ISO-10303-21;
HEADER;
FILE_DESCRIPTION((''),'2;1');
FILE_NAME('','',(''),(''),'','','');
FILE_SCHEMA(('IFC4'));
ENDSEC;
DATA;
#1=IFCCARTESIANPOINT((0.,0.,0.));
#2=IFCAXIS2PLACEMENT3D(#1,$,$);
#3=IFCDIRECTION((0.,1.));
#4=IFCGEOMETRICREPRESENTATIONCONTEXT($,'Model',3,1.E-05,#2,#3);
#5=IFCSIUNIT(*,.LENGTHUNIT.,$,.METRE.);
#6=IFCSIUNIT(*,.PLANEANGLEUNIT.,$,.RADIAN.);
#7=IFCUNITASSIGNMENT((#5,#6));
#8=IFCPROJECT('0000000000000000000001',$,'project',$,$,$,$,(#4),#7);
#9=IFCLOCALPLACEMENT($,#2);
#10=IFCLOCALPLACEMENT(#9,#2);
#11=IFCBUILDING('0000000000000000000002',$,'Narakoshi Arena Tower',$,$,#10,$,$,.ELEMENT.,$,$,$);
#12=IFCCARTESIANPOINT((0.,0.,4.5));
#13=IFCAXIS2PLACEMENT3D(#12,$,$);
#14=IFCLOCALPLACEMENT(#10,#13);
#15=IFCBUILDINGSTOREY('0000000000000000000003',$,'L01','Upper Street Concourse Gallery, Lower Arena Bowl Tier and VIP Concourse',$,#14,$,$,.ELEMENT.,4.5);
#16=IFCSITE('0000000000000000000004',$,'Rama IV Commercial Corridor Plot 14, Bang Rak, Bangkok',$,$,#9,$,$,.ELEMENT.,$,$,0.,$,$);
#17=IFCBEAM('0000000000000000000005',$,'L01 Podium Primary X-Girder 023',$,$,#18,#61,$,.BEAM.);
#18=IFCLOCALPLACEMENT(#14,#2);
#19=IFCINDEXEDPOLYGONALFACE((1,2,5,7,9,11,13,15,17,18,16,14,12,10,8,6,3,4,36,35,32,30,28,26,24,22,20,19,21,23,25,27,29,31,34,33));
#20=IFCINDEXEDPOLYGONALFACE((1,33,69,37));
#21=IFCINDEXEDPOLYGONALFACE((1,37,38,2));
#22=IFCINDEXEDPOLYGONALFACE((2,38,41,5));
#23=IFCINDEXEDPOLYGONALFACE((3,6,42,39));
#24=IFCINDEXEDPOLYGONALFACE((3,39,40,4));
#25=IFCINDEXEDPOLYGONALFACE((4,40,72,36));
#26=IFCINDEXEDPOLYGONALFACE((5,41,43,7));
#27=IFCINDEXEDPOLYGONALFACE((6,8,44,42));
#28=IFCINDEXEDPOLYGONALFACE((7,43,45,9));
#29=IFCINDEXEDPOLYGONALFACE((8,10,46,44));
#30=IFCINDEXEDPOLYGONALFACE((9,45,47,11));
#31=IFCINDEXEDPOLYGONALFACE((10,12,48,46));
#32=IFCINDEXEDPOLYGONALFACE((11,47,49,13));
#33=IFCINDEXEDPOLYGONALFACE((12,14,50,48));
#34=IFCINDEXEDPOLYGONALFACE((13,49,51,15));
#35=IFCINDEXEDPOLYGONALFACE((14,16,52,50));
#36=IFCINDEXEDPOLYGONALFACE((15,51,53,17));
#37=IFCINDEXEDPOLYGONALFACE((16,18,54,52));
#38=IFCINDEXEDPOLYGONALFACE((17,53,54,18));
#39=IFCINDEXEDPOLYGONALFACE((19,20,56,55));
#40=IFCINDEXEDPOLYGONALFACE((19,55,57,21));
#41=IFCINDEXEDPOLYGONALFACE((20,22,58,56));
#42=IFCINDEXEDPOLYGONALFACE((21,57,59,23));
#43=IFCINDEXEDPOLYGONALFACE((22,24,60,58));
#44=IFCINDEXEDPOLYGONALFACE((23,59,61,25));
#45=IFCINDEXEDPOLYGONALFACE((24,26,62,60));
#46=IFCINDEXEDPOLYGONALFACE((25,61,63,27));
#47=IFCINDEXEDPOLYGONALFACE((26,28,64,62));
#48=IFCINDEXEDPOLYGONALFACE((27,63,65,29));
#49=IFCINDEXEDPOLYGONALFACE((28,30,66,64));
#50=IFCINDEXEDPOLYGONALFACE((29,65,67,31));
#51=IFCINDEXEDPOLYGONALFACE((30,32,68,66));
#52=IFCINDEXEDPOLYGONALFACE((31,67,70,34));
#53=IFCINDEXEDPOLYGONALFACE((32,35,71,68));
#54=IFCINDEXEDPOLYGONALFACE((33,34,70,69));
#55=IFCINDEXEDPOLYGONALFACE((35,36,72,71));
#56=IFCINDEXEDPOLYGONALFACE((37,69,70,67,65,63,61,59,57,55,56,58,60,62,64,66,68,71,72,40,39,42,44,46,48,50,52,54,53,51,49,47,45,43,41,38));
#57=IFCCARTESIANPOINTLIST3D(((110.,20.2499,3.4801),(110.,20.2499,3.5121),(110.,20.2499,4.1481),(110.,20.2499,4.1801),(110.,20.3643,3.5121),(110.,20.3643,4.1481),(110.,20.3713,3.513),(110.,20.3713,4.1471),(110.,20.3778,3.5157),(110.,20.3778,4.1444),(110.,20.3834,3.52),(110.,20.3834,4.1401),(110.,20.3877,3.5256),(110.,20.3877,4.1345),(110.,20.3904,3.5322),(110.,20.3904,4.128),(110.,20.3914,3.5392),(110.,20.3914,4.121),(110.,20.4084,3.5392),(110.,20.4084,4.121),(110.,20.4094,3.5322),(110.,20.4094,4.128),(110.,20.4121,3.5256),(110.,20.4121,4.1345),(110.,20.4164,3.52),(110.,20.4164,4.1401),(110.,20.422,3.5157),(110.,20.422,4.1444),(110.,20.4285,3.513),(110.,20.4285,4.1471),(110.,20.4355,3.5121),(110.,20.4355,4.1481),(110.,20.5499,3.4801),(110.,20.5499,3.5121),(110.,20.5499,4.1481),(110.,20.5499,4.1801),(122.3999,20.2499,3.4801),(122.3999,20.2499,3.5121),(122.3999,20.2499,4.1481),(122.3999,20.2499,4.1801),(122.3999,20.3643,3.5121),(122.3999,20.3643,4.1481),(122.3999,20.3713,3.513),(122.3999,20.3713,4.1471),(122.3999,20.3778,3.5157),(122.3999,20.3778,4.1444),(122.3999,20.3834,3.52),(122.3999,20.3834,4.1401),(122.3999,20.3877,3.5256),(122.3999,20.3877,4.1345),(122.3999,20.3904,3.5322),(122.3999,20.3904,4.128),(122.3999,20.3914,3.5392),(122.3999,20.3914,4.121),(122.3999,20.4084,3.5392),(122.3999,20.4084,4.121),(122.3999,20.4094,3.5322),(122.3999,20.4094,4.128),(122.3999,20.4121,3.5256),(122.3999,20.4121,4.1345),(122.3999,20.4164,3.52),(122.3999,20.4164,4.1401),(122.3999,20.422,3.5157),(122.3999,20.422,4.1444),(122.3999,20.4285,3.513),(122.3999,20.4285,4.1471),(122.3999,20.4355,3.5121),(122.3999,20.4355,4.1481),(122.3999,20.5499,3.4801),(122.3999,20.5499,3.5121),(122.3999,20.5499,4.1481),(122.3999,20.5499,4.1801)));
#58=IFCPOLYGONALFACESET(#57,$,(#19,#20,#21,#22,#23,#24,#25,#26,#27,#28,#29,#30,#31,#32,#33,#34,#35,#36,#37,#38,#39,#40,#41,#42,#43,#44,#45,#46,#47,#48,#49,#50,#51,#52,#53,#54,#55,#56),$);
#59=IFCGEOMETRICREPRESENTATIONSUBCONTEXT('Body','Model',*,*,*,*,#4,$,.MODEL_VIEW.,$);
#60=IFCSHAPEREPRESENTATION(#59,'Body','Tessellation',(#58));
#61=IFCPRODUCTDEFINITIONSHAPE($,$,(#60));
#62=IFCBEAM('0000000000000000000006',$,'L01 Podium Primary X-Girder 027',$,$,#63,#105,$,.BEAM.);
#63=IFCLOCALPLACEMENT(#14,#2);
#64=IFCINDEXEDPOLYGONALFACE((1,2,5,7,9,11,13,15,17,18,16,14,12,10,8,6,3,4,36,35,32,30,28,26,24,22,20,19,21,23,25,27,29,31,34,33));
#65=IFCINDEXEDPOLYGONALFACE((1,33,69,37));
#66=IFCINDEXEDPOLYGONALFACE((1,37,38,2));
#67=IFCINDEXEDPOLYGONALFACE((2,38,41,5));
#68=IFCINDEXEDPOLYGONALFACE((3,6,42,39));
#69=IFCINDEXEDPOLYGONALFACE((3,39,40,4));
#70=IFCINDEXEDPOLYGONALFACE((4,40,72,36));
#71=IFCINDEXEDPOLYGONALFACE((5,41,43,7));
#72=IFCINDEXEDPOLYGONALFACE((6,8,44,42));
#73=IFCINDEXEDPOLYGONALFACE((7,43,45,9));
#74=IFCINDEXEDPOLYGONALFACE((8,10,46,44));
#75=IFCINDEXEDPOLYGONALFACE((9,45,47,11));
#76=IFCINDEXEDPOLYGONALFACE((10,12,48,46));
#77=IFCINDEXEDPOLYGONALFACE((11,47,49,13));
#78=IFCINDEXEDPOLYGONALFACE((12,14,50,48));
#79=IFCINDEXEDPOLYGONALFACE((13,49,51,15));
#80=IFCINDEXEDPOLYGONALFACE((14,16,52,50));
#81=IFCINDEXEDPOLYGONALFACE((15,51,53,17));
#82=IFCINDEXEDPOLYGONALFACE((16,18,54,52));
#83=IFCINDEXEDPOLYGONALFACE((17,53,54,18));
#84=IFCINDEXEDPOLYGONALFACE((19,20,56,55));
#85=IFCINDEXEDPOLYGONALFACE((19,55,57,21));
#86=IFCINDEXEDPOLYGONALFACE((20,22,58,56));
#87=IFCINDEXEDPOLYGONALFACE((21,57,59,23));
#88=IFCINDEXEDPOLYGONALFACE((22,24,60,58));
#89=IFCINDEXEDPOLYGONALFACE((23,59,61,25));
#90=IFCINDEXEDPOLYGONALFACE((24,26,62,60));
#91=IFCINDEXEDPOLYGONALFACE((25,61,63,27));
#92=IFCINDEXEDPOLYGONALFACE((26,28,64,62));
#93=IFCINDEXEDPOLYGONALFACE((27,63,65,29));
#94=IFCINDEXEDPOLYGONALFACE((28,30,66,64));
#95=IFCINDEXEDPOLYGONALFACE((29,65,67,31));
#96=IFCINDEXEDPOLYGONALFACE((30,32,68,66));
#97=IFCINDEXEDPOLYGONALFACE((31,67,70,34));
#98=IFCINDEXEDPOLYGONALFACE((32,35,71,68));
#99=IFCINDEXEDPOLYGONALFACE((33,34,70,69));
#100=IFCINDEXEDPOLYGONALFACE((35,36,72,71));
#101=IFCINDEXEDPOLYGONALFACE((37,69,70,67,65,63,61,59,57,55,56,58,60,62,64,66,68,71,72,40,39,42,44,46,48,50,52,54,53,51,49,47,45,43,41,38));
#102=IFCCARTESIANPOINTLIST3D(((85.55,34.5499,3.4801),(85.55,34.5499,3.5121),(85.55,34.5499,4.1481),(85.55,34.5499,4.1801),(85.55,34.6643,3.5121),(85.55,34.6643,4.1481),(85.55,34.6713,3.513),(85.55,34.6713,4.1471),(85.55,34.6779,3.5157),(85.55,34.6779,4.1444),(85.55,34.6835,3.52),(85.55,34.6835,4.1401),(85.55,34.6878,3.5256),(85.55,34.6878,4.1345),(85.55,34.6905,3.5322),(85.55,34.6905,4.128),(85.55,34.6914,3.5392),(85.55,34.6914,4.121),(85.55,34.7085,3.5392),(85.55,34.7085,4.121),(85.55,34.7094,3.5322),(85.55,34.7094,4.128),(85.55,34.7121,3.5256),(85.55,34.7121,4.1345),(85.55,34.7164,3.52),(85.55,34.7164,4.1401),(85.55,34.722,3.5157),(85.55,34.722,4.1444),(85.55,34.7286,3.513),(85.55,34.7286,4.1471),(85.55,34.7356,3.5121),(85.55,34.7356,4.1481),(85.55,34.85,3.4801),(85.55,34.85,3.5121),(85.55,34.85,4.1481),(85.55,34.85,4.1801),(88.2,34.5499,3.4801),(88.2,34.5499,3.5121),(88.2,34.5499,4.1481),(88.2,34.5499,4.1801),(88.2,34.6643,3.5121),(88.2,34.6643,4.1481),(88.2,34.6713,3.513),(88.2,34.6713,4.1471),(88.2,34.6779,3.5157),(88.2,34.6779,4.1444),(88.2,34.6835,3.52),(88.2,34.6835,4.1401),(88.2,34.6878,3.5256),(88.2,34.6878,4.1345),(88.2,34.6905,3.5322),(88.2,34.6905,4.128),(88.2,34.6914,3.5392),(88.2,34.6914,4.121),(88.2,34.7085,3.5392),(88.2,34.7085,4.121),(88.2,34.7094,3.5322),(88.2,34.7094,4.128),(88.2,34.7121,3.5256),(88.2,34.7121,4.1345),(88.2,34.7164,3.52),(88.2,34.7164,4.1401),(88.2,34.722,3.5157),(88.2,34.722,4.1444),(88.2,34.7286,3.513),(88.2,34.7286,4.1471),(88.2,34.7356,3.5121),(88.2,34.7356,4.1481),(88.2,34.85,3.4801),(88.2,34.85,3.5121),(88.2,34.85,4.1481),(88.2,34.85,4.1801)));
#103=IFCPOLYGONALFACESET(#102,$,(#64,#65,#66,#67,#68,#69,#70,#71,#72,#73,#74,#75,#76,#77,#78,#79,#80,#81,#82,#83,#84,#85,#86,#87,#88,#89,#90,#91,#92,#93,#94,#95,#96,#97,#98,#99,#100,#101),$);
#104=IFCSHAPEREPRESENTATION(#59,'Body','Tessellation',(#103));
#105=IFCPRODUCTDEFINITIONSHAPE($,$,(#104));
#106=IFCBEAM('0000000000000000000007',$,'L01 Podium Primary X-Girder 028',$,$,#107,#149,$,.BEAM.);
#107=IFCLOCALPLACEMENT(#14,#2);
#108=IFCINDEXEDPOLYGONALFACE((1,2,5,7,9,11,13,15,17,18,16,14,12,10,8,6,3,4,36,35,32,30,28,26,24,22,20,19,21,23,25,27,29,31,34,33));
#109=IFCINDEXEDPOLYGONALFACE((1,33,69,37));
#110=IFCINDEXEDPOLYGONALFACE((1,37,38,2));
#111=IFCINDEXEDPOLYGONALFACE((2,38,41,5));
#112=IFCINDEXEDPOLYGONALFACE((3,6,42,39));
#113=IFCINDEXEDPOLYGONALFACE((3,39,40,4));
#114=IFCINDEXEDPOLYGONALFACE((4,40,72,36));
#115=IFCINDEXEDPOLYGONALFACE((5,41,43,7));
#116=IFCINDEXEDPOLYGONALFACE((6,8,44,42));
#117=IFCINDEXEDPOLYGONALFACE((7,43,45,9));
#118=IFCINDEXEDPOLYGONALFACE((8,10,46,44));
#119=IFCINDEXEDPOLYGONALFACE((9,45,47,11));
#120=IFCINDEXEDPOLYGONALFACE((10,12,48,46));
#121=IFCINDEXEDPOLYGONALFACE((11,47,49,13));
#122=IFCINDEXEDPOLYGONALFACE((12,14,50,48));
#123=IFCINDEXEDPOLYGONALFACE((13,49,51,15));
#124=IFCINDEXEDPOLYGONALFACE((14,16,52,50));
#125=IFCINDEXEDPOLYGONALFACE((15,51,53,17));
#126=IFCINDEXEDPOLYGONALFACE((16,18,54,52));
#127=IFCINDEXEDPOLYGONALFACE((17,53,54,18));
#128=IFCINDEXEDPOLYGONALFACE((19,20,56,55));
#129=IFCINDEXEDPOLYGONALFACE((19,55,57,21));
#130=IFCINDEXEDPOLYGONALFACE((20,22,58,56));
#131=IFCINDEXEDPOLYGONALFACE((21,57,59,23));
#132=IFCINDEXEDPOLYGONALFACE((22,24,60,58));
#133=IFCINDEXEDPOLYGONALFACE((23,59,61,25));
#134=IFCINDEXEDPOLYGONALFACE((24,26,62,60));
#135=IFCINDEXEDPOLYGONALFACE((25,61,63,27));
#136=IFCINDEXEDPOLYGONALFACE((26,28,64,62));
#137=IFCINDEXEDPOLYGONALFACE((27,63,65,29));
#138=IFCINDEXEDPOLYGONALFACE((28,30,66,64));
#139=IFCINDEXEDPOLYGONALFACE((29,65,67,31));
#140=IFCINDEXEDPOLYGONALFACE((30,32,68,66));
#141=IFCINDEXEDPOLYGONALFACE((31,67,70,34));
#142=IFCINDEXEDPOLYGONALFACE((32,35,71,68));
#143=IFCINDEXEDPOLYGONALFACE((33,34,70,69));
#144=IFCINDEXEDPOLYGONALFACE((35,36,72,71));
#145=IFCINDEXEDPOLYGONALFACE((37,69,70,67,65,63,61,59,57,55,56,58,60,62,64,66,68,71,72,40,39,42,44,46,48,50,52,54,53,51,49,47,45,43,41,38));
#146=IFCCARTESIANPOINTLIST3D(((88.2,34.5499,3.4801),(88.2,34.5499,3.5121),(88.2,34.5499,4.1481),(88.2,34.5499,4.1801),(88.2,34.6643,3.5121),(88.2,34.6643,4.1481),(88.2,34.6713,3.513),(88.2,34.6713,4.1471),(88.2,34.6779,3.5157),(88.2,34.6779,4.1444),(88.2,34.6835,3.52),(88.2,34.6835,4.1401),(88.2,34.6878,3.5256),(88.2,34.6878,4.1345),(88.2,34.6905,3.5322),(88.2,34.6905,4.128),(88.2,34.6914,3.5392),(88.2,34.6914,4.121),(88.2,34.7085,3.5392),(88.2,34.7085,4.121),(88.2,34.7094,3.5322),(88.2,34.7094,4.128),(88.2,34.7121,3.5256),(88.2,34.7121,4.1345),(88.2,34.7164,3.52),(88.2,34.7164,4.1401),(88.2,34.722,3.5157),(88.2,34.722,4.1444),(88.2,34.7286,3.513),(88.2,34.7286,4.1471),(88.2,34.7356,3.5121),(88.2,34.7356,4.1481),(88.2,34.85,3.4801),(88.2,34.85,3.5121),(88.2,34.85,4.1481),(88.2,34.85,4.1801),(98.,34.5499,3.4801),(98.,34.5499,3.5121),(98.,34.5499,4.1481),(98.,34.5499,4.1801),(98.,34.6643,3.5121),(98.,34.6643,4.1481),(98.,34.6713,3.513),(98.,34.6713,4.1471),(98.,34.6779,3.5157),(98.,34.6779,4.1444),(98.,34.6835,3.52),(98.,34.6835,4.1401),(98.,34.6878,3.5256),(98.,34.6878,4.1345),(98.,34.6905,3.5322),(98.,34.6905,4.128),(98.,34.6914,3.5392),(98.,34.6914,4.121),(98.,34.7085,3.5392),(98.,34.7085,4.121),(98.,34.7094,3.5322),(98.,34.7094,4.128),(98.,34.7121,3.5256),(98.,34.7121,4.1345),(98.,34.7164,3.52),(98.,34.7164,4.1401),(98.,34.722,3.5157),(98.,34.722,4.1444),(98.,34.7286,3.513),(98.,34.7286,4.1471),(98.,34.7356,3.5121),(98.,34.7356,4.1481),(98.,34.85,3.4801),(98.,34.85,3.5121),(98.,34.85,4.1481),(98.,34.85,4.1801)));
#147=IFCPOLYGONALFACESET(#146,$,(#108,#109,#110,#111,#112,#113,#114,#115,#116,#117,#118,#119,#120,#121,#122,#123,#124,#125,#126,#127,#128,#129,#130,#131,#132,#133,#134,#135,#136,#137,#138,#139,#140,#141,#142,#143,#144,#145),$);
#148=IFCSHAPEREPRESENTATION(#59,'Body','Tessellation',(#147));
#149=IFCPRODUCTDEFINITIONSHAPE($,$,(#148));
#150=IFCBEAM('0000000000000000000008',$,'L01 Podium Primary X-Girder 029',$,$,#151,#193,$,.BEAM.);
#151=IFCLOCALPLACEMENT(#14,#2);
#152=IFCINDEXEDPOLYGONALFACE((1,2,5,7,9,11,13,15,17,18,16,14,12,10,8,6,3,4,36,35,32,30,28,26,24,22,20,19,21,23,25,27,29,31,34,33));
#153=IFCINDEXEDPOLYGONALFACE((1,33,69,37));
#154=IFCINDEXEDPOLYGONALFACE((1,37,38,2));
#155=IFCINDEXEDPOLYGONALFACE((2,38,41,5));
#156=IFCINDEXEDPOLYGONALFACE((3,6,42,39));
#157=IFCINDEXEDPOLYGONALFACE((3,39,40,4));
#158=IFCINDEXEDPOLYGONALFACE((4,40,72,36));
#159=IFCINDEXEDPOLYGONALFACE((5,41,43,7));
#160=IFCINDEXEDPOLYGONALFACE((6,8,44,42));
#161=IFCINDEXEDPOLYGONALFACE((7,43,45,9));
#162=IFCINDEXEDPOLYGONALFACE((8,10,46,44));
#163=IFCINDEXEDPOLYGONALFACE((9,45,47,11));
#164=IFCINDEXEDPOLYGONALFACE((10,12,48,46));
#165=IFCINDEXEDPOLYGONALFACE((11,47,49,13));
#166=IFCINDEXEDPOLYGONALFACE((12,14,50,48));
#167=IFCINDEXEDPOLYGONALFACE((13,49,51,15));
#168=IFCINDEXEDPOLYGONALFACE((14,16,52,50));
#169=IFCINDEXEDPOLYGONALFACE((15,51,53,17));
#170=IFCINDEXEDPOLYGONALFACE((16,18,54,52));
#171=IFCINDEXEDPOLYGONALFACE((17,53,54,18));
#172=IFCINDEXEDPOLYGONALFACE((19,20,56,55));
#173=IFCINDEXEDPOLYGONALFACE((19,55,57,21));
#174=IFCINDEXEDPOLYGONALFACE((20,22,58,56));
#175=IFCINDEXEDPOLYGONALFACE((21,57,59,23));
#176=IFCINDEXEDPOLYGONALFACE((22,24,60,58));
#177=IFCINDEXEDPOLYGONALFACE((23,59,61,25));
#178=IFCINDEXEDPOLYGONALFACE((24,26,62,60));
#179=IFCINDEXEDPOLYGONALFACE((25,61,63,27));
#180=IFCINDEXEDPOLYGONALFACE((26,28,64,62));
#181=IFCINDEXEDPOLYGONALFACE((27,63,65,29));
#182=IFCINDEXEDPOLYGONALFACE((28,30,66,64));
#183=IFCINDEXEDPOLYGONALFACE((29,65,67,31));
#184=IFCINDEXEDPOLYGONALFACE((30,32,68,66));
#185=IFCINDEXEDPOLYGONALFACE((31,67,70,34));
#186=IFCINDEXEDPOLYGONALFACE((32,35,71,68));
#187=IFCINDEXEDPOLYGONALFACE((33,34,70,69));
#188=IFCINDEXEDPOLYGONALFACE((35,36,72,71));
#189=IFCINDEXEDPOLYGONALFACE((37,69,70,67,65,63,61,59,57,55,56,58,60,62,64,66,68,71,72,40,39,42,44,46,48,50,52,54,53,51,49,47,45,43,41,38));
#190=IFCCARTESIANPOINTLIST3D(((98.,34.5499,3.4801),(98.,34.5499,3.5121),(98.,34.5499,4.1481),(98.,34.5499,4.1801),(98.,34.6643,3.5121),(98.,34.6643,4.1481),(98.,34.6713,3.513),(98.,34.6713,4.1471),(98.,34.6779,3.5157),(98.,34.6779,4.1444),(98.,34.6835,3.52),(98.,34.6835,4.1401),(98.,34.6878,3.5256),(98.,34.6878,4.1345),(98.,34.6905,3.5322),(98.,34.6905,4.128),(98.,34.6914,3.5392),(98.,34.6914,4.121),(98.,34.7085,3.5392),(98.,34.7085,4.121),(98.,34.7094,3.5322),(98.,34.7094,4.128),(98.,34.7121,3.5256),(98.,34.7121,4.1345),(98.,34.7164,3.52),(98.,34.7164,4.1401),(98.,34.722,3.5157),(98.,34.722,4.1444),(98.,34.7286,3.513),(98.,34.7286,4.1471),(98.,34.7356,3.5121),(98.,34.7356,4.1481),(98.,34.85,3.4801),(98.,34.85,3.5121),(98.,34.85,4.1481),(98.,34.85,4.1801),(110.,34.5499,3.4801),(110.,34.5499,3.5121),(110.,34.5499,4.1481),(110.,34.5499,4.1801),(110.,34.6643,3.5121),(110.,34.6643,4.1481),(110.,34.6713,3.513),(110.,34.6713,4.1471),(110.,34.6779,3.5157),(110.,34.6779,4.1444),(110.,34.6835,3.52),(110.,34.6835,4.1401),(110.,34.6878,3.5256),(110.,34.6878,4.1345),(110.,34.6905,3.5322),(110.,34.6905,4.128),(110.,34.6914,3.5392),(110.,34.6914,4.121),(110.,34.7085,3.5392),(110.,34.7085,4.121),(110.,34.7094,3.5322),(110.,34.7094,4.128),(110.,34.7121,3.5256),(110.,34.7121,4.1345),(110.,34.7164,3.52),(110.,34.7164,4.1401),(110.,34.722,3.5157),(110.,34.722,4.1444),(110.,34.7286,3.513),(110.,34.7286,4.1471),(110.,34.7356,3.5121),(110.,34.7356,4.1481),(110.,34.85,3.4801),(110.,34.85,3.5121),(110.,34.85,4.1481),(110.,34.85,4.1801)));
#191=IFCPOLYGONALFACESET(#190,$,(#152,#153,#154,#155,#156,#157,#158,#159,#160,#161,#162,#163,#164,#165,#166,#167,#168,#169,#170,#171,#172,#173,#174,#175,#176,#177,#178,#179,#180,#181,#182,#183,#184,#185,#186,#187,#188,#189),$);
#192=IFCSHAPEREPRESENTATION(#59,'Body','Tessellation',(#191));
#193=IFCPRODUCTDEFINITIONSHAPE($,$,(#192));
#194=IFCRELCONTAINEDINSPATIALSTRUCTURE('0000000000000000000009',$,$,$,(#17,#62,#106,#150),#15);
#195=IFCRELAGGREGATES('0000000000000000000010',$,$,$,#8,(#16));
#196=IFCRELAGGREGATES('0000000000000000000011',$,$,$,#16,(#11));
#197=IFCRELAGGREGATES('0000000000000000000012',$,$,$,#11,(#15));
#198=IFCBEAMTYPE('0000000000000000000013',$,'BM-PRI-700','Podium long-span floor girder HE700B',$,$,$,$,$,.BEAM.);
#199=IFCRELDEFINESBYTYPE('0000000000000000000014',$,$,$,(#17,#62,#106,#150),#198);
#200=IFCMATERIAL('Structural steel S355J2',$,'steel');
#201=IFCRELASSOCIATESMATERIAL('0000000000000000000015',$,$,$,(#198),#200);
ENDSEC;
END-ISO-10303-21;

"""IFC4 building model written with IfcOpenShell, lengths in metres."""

from ifc_helpers import new_model, si_unit, direction, frame, origin, origin_2d, place, context, subcontext, project, spatial, i_section, extrude, material, material_profile, profile_set, type_object, element, save


model = new_model("IFC4")

# Units and contexts
model_context = context("Model", 3, precision=1e-05, world=origin(), true_north=direction((0.0, 1.0)))
body_context = subcontext(model_context, "Body", "Model", "MODEL_VIEW")
ifc_project = project(units=[si_unit("LENGTHUNIT", "METRE"), si_unit("PLANEANGLEUNIT", "RADIAN")], contexts=[model_context])

# Site, building, storey
site_placement = place(None, origin())
site = spatial("IfcSite", under=ifc_project, at=site_placement, Name="Rama IV Commercial Corridor Plot 14, Bang Rak, Bangkok", CompositionType="ELEMENT", RefElevation=0.0)
building_placement = place(site_placement, origin())
building = spatial("IfcBuilding", under=site, at=building_placement, Name="Narakoshi Arena Tower", CompositionType="ELEMENT")
storey_placement = place(building_placement, frame((0.0, 0.0, 4.5)))
storey = spatial("IfcBuildingStorey", under=building, at=storey_placement, Name="L01", Description="Upper Street Concourse Gallery, Lower Arena Bowl Tier and VIP Concourse", CompositionType="ELEMENT", Elevation=4.5)

# Beams
ifc_material_1 = material(Name="Structural steel S355J2", Category="steel")
ifc_material_profile_1 = material_profile(ifc_material_1, i_section(OverallWidth=0.3, OverallDepth=0.7, WebThickness=0.0171, FlangeThickness=0.032, FilletRadius=0.0271, at=origin_2d()), Name="HE700B")
ifc_profile_set_1 = profile_set([ifc_material_profile_1], Name="Structural steel S355J2")
beam_type_1 = type_object("IfcBeamType", Name="BM-PRI-700", Description="Podium long-span floor girder HE700B", PredefinedType="BEAM", material=ifc_profile_set_1)
beam_1_placement = place(storey_placement, frame((110.0, 20.3999, 3.8301), z_axis=(1.0, 0.0, 0.0), x_axis=(0.0, 1.0, 0.0)))
element("IfcBeam", 1, at=beam_1_placement, inside=storey, type_object=beam_type_1, Name="L01 Podium Primary X-Girder 023", PredefinedType="BEAM", context=body_context, shape_type="SweptSolid", body=[
    extrude(i_section(OverallWidth=0.3, OverallDepth=0.7, WebThickness=0.0171, FlangeThickness=0.032, FilletRadius=0.0271, at=origin_2d()), origin(), (0.0, 0.0, 1.0), 12.3999),
])
beam_2_placement = place(storey_placement, frame((85.55, 34.7, 3.8301), z_axis=(1.0, 0.0, 0.0), x_axis=(0.0, 1.0, 0.0)))
element("IfcBeam", 2, at=beam_2_placement, inside=storey, type_object=beam_type_1, Name="L01 Podium Primary X-Girder 027", PredefinedType="BEAM", context=body_context, shape_type="SweptSolid", body=[
    extrude(i_section(OverallWidth=0.3, OverallDepth=0.7, WebThickness=0.0171, FlangeThickness=0.032, FilletRadius=0.0271, at=origin_2d()), origin(), (0.0, 0.0, 1.0), 2.6499),
])
beam_3_placement = place(storey_placement, frame((88.2, 34.7, 3.8301), z_axis=(1.0, 0.0, 0.0), x_axis=(0.0, 1.0, 0.0)))
element("IfcBeam", 3, at=beam_3_placement, inside=storey, type_object=beam_type_1, Name="L01 Podium Primary X-Girder 028", PredefinedType="BEAM", context=body_context, shape_type="SweptSolid", body=[
    extrude(i_section(OverallWidth=0.3, OverallDepth=0.7, WebThickness=0.0171, FlangeThickness=0.032, FilletRadius=0.0271, at=origin_2d()), origin(), (0.0, 0.0, 1.0), 9.8),
])
beam_4_placement = place(storey_placement, frame((98.0, 34.7, 3.8301), z_axis=(1.0, 0.0, 0.0), x_axis=(0.0, 1.0, 0.0)))
element("IfcBeam", 4, at=beam_4_placement, inside=storey, type_object=beam_type_1, Name="L01 Podium Primary X-Girder 029", PredefinedType="BEAM", context=body_context, shape_type="SweptSolid", body=[
    extrude(i_section(OverallWidth=0.3, OverallDepth=0.7, WebThickness=0.0171, FlangeThickness=0.032, FilletRadius=0.0271, at=origin_2d()), origin(), (0.0, 0.0, 1.0), 12.0),
])

save(model, "model.ifc")
